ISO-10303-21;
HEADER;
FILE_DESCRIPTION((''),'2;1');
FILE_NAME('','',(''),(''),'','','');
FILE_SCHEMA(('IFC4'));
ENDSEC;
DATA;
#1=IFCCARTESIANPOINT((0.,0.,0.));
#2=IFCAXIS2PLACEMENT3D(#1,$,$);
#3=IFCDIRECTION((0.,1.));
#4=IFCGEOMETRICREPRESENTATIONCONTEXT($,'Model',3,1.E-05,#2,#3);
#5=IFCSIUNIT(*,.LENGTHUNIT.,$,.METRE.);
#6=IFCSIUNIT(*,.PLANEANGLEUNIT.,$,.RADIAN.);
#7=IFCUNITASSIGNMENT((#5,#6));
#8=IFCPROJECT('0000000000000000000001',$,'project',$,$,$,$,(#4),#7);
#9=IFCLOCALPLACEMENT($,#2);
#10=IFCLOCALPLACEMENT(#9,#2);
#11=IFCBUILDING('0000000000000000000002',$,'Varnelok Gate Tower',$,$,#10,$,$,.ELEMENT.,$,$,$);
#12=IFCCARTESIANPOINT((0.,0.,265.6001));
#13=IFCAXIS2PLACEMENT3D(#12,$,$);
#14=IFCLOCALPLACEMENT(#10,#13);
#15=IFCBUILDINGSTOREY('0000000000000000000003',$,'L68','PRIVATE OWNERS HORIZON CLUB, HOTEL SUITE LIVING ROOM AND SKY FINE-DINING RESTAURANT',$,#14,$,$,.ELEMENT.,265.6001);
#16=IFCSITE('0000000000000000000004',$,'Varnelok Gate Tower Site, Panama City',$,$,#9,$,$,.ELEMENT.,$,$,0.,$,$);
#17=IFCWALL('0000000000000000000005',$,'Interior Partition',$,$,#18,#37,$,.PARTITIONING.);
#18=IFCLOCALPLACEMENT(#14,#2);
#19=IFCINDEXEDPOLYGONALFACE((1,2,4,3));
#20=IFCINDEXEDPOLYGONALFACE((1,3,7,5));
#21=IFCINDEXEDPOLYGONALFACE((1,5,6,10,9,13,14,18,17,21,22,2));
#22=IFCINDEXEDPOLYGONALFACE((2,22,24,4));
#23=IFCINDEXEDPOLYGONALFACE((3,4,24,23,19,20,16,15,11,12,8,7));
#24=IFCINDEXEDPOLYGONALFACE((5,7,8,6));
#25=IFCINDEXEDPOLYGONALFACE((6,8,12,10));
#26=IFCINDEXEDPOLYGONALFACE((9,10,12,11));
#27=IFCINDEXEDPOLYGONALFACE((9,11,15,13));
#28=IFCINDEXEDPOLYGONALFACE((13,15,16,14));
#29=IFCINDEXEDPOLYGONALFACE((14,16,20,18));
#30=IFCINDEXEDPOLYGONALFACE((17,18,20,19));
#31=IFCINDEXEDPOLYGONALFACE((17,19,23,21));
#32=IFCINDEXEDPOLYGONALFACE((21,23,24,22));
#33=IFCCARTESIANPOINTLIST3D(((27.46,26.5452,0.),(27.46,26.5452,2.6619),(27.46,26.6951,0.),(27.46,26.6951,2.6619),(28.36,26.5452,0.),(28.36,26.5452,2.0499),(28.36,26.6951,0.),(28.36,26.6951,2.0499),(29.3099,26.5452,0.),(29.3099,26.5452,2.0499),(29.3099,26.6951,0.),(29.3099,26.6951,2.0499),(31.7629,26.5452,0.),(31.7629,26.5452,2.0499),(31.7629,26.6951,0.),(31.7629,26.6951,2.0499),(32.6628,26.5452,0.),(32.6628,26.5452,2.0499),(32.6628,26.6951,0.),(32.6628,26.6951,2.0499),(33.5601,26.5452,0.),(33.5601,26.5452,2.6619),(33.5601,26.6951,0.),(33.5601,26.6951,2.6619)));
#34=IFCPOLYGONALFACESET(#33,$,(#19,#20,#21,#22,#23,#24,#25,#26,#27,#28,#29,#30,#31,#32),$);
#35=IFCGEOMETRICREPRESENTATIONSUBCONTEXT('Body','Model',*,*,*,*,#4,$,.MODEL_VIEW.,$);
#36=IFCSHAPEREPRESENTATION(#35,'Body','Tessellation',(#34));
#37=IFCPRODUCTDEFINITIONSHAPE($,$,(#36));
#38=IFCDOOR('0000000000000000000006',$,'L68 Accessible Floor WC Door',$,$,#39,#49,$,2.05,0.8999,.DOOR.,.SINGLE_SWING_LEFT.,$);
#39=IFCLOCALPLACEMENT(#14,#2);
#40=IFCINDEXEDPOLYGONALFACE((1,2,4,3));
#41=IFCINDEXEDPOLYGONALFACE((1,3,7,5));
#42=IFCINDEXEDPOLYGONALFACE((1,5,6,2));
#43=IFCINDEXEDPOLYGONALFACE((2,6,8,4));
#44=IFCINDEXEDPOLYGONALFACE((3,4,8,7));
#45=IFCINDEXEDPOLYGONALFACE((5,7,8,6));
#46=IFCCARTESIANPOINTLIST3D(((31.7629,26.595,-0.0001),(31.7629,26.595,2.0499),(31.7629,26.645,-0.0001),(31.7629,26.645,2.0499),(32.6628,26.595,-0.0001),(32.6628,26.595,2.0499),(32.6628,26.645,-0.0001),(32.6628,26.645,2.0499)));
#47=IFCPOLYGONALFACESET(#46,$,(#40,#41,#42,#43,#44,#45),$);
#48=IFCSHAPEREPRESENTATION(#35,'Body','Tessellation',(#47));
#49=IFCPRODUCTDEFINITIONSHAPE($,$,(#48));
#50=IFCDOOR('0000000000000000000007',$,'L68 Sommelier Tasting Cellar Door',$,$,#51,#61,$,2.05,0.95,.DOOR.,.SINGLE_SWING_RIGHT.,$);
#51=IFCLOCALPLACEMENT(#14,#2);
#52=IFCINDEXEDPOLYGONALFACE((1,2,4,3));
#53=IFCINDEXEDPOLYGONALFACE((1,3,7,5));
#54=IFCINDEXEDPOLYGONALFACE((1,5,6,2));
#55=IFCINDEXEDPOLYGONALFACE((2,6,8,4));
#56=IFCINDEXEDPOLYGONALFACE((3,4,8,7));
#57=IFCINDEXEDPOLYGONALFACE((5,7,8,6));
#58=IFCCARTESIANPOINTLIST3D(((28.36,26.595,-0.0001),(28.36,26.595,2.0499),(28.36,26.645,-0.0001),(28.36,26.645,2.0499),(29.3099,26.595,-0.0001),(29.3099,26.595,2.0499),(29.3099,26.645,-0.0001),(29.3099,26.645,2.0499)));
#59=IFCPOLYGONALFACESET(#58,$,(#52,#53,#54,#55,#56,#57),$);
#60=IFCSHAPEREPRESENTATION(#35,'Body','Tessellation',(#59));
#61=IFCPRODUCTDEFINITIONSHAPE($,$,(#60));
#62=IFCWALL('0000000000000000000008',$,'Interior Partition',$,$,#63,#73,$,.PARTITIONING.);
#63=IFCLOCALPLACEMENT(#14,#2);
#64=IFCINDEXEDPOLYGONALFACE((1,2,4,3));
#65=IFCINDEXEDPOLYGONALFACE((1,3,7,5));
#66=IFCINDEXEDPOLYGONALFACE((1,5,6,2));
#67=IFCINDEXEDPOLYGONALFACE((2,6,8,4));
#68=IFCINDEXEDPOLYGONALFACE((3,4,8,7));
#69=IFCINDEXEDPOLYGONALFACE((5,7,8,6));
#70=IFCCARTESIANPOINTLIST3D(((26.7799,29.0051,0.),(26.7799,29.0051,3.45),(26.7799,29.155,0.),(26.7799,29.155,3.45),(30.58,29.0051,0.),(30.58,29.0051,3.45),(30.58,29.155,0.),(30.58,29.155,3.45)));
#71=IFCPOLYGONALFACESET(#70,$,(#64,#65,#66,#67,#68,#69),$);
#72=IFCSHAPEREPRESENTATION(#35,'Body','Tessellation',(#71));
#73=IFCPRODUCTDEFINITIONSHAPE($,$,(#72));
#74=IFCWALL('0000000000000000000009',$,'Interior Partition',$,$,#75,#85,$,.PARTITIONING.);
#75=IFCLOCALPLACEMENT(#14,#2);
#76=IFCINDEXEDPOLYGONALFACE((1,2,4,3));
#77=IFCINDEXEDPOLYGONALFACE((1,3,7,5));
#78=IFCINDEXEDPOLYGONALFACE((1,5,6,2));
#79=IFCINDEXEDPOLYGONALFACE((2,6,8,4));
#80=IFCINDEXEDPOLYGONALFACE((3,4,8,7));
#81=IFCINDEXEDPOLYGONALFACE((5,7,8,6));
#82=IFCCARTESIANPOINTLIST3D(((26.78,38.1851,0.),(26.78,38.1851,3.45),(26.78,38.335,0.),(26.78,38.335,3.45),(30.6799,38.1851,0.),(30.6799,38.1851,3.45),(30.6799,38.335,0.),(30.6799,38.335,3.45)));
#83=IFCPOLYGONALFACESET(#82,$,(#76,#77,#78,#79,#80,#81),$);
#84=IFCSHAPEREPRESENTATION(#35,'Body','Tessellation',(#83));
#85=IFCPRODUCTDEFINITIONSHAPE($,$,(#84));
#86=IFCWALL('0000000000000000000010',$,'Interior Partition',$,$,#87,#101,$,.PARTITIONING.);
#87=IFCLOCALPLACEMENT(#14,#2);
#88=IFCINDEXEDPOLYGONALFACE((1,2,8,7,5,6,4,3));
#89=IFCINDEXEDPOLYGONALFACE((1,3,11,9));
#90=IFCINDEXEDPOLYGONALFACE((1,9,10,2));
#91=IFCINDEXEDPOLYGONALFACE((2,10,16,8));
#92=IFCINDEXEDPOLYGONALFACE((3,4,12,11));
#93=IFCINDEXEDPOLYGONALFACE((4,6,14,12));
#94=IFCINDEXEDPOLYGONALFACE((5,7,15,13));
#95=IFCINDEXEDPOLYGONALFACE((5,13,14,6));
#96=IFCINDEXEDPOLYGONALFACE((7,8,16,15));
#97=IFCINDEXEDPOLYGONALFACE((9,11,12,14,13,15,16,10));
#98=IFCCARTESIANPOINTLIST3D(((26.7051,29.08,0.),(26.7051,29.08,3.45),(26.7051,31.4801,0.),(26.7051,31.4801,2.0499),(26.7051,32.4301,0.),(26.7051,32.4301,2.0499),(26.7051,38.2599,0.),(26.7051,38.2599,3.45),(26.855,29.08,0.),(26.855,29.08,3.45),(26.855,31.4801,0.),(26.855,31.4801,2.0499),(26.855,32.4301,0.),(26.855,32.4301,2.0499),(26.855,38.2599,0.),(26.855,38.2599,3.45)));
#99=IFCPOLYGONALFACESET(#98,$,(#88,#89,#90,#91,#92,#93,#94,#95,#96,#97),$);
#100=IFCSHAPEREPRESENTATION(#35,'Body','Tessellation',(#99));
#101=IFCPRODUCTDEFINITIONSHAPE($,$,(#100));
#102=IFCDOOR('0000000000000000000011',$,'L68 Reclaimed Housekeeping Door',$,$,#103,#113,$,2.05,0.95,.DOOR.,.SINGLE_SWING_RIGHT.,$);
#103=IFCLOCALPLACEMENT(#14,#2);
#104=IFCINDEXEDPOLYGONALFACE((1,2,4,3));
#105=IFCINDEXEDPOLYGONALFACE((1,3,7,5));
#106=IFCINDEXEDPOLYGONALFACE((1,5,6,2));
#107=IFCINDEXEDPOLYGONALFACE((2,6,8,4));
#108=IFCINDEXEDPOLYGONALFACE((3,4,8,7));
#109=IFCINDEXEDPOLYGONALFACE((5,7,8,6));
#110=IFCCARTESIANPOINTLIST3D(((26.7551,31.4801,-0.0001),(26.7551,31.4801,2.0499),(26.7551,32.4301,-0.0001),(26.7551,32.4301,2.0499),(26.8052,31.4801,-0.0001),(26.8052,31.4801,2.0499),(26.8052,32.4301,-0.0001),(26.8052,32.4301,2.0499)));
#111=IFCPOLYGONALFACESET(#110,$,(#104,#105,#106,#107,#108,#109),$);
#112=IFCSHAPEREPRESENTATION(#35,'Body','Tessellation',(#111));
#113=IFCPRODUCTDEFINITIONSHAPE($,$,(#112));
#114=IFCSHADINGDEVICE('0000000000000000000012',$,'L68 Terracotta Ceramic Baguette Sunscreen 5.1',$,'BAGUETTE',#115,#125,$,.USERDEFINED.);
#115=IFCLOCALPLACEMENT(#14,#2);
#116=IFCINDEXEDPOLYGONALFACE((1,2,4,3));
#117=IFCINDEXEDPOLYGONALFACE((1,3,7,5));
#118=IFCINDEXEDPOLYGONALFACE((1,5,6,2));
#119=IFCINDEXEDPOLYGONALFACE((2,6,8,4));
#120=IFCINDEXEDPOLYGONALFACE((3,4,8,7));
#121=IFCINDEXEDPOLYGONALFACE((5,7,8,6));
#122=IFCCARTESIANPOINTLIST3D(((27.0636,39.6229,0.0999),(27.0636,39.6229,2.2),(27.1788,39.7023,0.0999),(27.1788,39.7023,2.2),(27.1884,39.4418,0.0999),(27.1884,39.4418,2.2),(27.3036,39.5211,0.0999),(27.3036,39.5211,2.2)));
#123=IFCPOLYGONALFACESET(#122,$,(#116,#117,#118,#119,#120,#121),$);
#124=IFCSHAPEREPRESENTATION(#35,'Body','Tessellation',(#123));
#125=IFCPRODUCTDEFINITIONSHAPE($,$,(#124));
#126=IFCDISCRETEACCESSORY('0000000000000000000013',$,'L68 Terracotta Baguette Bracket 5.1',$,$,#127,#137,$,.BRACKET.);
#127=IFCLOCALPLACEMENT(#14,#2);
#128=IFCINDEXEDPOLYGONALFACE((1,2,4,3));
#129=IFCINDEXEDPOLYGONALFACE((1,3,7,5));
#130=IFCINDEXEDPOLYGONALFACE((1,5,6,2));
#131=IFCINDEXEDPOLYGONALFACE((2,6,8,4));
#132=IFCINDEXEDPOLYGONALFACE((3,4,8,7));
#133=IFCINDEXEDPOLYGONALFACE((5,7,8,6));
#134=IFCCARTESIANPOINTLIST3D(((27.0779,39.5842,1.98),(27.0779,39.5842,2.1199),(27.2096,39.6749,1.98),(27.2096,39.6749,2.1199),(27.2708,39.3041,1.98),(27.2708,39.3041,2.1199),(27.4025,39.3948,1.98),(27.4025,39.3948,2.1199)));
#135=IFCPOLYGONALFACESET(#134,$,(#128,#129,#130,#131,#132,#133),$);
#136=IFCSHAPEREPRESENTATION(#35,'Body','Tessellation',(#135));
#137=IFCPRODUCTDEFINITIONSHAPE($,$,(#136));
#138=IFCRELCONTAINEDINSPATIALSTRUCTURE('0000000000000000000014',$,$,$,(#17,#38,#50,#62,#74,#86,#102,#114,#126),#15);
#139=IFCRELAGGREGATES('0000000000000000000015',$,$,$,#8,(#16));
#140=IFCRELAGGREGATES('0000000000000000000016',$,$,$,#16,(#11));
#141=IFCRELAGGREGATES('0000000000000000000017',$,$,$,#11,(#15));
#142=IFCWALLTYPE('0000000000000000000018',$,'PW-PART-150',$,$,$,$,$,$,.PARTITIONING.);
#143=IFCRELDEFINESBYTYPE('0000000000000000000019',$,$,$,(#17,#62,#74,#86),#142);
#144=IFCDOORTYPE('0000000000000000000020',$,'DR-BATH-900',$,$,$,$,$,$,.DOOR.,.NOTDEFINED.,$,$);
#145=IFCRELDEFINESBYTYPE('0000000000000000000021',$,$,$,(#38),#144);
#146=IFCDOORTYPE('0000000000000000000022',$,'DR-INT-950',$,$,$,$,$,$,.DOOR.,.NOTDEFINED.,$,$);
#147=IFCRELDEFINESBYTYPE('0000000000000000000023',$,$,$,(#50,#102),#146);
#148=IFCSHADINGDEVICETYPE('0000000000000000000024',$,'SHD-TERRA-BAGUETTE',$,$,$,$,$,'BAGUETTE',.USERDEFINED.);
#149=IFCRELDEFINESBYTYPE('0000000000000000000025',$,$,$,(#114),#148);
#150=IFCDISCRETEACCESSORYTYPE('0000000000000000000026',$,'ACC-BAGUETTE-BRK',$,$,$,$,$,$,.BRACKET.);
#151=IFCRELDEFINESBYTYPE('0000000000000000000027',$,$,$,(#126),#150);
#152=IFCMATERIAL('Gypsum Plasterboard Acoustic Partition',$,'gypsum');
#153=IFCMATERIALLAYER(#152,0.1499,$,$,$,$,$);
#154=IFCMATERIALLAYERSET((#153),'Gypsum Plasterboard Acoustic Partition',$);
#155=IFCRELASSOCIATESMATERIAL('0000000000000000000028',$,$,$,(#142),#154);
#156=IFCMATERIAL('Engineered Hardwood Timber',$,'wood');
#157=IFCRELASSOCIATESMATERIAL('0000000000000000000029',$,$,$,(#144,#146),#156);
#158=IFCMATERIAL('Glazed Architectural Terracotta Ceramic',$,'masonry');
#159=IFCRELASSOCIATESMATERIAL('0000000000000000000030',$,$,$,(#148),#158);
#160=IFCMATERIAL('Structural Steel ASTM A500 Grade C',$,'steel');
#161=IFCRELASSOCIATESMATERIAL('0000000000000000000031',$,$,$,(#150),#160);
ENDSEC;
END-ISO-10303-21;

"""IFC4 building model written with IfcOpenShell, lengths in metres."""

from ifc_helpers import new_model, si_unit, direction, frame, frame_2d, origin, origin_2d, place, context, subcontext, project, spatial, rectangle, extrude, source, transform, mapped, material, layer, layer_set, type_object, element, fill, save


model = new_model("IFC4")

# Units and contexts
model_context = context("Model", 3, precision=1e-05, world=origin(), true_north=direction((0.0, 1.0)))
body_context = subcontext(model_context, "Body", "Model", "MODEL_VIEW")
ifc_project = project(units=[si_unit("LENGTHUNIT", "METRE"), si_unit("PLANEANGLEUNIT", "RADIAN")], contexts=[model_context])

# Site, building, storey
site_placement = place(None, origin())
site = spatial("IfcSite", under=ifc_project, at=site_placement, Name="Varnelok Gate Tower Site, Panama City", CompositionType="ELEMENT", RefElevation=0.0)
building_placement = place(site_placement, origin())
building = spatial("IfcBuilding", under=site, at=building_placement, Name="Varnelok Gate Tower", CompositionType="ELEMENT")
storey_placement = place(building_placement, frame((0.0, 0.0, 265.6001)))
storey = spatial("IfcBuildingStorey", under=building, at=storey_placement, Name="L68", Description="PRIVATE OWNERS HORIZON CLUB, HOTEL SUITE LIVING ROOM AND SKY FINE-DINING RESTAURANT", CompositionType="ELEMENT", Elevation=265.6001)

# Wall, openings, doors
ifc_material_1 = material(Name="Gypsum Plasterboard Acoustic Partition", Category="gypsum")
ifc_layer_1 = layer(ifc_material_1, 0.1499)
ifc_layer_set_1 = layer_set([ifc_layer_1], Name="Gypsum Plasterboard Acoustic Partition")
wall_type_1 = type_object("IfcWallType", Name="PW-PART-150", PredefinedType="PARTITIONING", material=ifc_layer_set_1)
wall_1_placement = place(storey_placement, frame((27.46, 26.6201, 0.0), z_axis=(0.0, 0.0, 1.0), x_axis=(1.0, 0.0, 0.0)))
wall_1 = element("IfcWall", 1, at=wall_1_placement, inside=storey, type_object=wall_type_1, Name="Interior Partition", PredefinedType="PARTITIONING", context=body_context, shape_type="SweptSolid", body=[
    extrude(rectangle(XDim=6.1001, YDim=0.1499, at=frame_2d((3.05, 0.0))), origin(), (0.0, 0.0, 1.0), 2.6619),
])
opening_1_placement = place(wall_1_placement, frame((0.8999, 0.0, 0.0)))
opening_1 = element("IfcOpeningElement", 2, at=opening_1_placement, cuts=wall_1, PredefinedType="OPENING", context=body_context, shape_type="SweptSolid", body=[
    extrude(rectangle(XDim=0.95, YDim=2.05, at=frame_2d((0.4751, 1.0249))), frame((0.0, 0.085, 0.0), z_axis=(0.0, -1.0, 0.0), x_axis=(1.0, 0.0, 0.0)), (0.0, 0.0, 1.0), 0.1699),
])
opening_2_placement = place(wall_1_placement, frame((4.303, 0.0, 0.0)))
opening_2 = element("IfcOpeningElement", 3, at=opening_2_placement, cuts=wall_1, PredefinedType="OPENING", context=body_context, shape_type="SweptSolid", body=[
    extrude(rectangle(XDim=0.8999, YDim=2.05, at=frame_2d((0.45, 1.0249))), frame((0.0, 0.085, 0.0), z_axis=(0.0, -1.0, 0.0), x_axis=(1.0, 0.0, 0.0)), (0.0, 0.0, 1.0), 0.1699),
])
ifc_material_2 = material(Name="Engineered Hardwood Timber", Category="wood")
door_type_1 = type_object("IfcDoorType", Name="DR-BATH-900", OperationType="NOTDEFINED", PredefinedType="DOOR", material=ifc_material_2)
door_1_placement = place(opening_2_placement, origin())
door_1 = element("IfcDoor", 4, at=door_1_placement, inside=storey, type_object=door_type_1, Name="L68 Accessible Floor WC Door", OperationType="SINGLE_SWING_LEFT", OverallHeight=2.05, OverallWidth=0.8999, PredefinedType="DOOR", context=body_context, shape_type="SweptSolid", body=[
    extrude(rectangle(XDim=0.8999, YDim=2.05, at=frame_2d((0.45, 1.0249))), frame((0.0, 0.0249, 0.0), z_axis=(0.0, -1.0, 0.0), x_axis=(1.0, 0.0, 0.0)), (0.0, 0.0, 1.0), 0.05),
])
fill(opening_2, door_1)
door_type_2 = type_object("IfcDoorType", Name="DR-INT-950", OperationType="NOTDEFINED", PredefinedType="DOOR", material=ifc_material_2)
door_2_placement = place(opening_1_placement, origin())
door_2 = element("IfcDoor", 5, at=door_2_placement, inside=storey, type_object=door_type_2, Name="L68 Sommelier Tasting Cellar Door", OperationType="SINGLE_SWING_RIGHT", OverallHeight=2.05, OverallWidth=0.95, PredefinedType="DOOR", context=body_context, shape_type="SweptSolid", body=[
    extrude(rectangle(XDim=0.95, YDim=2.05, at=frame_2d((0.4751, 1.0249))), frame((0.0, 0.0249, 0.0), z_axis=(0.0, -1.0, 0.0), x_axis=(1.0, 0.0, 0.0)), (0.0, 0.0, 1.0), 0.05),
])
fill(opening_1, door_2)

# Walls
wall_2_placement = place(storey_placement, frame((26.78, 29.0801, 0.0), z_axis=(0.0, 0.0, 1.0), x_axis=(1.0, 0.0, 0.0)))
element("IfcWall", 6, at=wall_2_placement, inside=storey, type_object=wall_type_1, Name="Interior Partition", PredefinedType="PARTITIONING", context=body_context, shape_type="SweptSolid", body=[
    extrude(rectangle(XDim=3.8, YDim=0.1499, at=frame_2d((1.8999, 0.0))), origin(), (0.0, 0.0, 1.0), 3.45),
])
wall_3_placement = place(storey_placement, frame((26.78, 38.26, 0.0), z_axis=(0.0, 0.0, 1.0), x_axis=(1.0, 0.0, 0.0)))
element("IfcWall", 7, at=wall_3_placement, inside=storey, type_object=wall_type_1, Name="Interior Partition", PredefinedType="PARTITIONING", context=body_context, shape_type="SweptSolid", body=[
    extrude(rectangle(XDim=3.8999, YDim=0.1499, at=frame_2d((1.95, 0.0))), origin(), (0.0, 0.0, 1.0), 3.45),
])

# Wall, opening, door
wall_4_placement = place(storey_placement, frame((26.78, 29.0801, 0.0), z_axis=(0.0, 0.0, 1.0), x_axis=(0.0, 1.0, 0.0)))
wall_4 = element("IfcWall", 8, at=wall_4_placement, inside=storey, type_object=wall_type_1, Name="Interior Partition", PredefinedType="PARTITIONING", context=body_context, shape_type="SweptSolid", body=[
    extrude(rectangle(XDim=9.1799, YDim=0.1499, at=frame_2d((4.5898, 0.0))), origin(), (0.0, 0.0, 1.0), 3.45),
])
opening_3_placement = place(wall_4_placement, frame((2.3999, 0.0, 0.0)))
opening_3 = element("IfcOpeningElement", 9, at=opening_3_placement, cuts=wall_4, PredefinedType="OPENING", context=body_context, shape_type="SweptSolid", body=[
    extrude(rectangle(XDim=0.95, YDim=2.05, at=frame_2d((0.4751, 1.0249))), frame((0.0, 0.085, 0.0), z_axis=(0.0, -1.0, 0.0), x_axis=(1.0, 0.0, 0.0)), (0.0, 0.0, 1.0), 0.1699),
])
door_3_placement = place(opening_3_placement, origin())
door_3 = element("IfcDoor", 10, at=door_3_placement, inside=storey, type_object=door_type_2, Name="L68 Reclaimed Housekeeping Door", OperationType="SINGLE_SWING_RIGHT", OverallHeight=2.05, OverallWidth=0.95, PredefinedType="DOOR", context=body_context, shape_type="SweptSolid", body=[
    extrude(rectangle(XDim=0.95, YDim=2.05, at=frame_2d((0.4751, 1.0249))), frame((0.0, 0.0249, 0.0), z_axis=(0.0, -1.0, 0.0), x_axis=(1.0, 0.0, 0.0)), (0.0, 0.0, 1.0), 0.05),
])
fill(opening_3, door_3)

# Shading device
ifc_material_3 = material(Name="Glazed Architectural Terracotta Ceramic", Category="masonry")
shading_device_type = type_object("IfcShadingDeviceType", Name="SHD-TERRA-BAGUETTE", ElementType="BAGUETTE", PredefinedType="USERDEFINED", material=ifc_material_3)
shared_shape_1 = source(origin(), body_context, "Body", "SweptSolid", [
    extrude(rectangle(XDim=0.1399, YDim=0.22, at=origin_2d()), origin(), (0.0, 0.0, 1.0), 2.1001),
])
shading_device_placement = place(storey_placement, frame((27.1836, 39.572, 0.0999), z_axis=(0.0, 0.0, 1.0), x_axis=(0.823533, 0.567269, 0.0)))
element("IfcShadingDevice", 11, at=shading_device_placement, inside=storey, type_object=shading_device_type, Name="L68 Terracotta Ceramic Baguette Sunscreen 5.1", ObjectType="BAGUETTE", PredefinedType="USERDEFINED", context=body_context, shape_type="MappedRepresentation", body=[
    mapped(shared_shape_1, transform((0.0, 0.0, 0.0), scale=1.0)),
])

# Discrete accessory
ifc_material_4 = material(Name="Structural Steel ASTM A500 Grade C", Category="steel")
discrete_accessory_type = type_object("IfcDiscreteAccessoryType", Name="ACC-BAGUETTE-BRK", PredefinedType="BRACKET", material=ifc_material_4)
shared_shape_2 = source(origin(), body_context, "Body", "SweptSolid", [
    extrude(rectangle(XDim=0.1599, YDim=0.3401, at=origin_2d()), origin(), (0.0, 0.0, 1.0), 0.1399),
])
discrete_accessory_placement = place(storey_placement, frame((27.2402, 39.4895, 1.98), z_axis=(0.0, 0.0, 1.0), x_axis=(0.823533, 0.567269, 0.0)))
element("IfcDiscreteAccessory", 12, at=discrete_accessory_placement, inside=storey, type_object=discrete_accessory_type, Name="L68 Terracotta Baguette Bracket 5.1", PredefinedType="BRACKET", context=body_context, shape_type="MappedRepresentation", body=[
    mapped(shared_shape_2, transform((0.0, 0.0, 0.0), scale=1.0)),
])

save(model, "model.ifc")
